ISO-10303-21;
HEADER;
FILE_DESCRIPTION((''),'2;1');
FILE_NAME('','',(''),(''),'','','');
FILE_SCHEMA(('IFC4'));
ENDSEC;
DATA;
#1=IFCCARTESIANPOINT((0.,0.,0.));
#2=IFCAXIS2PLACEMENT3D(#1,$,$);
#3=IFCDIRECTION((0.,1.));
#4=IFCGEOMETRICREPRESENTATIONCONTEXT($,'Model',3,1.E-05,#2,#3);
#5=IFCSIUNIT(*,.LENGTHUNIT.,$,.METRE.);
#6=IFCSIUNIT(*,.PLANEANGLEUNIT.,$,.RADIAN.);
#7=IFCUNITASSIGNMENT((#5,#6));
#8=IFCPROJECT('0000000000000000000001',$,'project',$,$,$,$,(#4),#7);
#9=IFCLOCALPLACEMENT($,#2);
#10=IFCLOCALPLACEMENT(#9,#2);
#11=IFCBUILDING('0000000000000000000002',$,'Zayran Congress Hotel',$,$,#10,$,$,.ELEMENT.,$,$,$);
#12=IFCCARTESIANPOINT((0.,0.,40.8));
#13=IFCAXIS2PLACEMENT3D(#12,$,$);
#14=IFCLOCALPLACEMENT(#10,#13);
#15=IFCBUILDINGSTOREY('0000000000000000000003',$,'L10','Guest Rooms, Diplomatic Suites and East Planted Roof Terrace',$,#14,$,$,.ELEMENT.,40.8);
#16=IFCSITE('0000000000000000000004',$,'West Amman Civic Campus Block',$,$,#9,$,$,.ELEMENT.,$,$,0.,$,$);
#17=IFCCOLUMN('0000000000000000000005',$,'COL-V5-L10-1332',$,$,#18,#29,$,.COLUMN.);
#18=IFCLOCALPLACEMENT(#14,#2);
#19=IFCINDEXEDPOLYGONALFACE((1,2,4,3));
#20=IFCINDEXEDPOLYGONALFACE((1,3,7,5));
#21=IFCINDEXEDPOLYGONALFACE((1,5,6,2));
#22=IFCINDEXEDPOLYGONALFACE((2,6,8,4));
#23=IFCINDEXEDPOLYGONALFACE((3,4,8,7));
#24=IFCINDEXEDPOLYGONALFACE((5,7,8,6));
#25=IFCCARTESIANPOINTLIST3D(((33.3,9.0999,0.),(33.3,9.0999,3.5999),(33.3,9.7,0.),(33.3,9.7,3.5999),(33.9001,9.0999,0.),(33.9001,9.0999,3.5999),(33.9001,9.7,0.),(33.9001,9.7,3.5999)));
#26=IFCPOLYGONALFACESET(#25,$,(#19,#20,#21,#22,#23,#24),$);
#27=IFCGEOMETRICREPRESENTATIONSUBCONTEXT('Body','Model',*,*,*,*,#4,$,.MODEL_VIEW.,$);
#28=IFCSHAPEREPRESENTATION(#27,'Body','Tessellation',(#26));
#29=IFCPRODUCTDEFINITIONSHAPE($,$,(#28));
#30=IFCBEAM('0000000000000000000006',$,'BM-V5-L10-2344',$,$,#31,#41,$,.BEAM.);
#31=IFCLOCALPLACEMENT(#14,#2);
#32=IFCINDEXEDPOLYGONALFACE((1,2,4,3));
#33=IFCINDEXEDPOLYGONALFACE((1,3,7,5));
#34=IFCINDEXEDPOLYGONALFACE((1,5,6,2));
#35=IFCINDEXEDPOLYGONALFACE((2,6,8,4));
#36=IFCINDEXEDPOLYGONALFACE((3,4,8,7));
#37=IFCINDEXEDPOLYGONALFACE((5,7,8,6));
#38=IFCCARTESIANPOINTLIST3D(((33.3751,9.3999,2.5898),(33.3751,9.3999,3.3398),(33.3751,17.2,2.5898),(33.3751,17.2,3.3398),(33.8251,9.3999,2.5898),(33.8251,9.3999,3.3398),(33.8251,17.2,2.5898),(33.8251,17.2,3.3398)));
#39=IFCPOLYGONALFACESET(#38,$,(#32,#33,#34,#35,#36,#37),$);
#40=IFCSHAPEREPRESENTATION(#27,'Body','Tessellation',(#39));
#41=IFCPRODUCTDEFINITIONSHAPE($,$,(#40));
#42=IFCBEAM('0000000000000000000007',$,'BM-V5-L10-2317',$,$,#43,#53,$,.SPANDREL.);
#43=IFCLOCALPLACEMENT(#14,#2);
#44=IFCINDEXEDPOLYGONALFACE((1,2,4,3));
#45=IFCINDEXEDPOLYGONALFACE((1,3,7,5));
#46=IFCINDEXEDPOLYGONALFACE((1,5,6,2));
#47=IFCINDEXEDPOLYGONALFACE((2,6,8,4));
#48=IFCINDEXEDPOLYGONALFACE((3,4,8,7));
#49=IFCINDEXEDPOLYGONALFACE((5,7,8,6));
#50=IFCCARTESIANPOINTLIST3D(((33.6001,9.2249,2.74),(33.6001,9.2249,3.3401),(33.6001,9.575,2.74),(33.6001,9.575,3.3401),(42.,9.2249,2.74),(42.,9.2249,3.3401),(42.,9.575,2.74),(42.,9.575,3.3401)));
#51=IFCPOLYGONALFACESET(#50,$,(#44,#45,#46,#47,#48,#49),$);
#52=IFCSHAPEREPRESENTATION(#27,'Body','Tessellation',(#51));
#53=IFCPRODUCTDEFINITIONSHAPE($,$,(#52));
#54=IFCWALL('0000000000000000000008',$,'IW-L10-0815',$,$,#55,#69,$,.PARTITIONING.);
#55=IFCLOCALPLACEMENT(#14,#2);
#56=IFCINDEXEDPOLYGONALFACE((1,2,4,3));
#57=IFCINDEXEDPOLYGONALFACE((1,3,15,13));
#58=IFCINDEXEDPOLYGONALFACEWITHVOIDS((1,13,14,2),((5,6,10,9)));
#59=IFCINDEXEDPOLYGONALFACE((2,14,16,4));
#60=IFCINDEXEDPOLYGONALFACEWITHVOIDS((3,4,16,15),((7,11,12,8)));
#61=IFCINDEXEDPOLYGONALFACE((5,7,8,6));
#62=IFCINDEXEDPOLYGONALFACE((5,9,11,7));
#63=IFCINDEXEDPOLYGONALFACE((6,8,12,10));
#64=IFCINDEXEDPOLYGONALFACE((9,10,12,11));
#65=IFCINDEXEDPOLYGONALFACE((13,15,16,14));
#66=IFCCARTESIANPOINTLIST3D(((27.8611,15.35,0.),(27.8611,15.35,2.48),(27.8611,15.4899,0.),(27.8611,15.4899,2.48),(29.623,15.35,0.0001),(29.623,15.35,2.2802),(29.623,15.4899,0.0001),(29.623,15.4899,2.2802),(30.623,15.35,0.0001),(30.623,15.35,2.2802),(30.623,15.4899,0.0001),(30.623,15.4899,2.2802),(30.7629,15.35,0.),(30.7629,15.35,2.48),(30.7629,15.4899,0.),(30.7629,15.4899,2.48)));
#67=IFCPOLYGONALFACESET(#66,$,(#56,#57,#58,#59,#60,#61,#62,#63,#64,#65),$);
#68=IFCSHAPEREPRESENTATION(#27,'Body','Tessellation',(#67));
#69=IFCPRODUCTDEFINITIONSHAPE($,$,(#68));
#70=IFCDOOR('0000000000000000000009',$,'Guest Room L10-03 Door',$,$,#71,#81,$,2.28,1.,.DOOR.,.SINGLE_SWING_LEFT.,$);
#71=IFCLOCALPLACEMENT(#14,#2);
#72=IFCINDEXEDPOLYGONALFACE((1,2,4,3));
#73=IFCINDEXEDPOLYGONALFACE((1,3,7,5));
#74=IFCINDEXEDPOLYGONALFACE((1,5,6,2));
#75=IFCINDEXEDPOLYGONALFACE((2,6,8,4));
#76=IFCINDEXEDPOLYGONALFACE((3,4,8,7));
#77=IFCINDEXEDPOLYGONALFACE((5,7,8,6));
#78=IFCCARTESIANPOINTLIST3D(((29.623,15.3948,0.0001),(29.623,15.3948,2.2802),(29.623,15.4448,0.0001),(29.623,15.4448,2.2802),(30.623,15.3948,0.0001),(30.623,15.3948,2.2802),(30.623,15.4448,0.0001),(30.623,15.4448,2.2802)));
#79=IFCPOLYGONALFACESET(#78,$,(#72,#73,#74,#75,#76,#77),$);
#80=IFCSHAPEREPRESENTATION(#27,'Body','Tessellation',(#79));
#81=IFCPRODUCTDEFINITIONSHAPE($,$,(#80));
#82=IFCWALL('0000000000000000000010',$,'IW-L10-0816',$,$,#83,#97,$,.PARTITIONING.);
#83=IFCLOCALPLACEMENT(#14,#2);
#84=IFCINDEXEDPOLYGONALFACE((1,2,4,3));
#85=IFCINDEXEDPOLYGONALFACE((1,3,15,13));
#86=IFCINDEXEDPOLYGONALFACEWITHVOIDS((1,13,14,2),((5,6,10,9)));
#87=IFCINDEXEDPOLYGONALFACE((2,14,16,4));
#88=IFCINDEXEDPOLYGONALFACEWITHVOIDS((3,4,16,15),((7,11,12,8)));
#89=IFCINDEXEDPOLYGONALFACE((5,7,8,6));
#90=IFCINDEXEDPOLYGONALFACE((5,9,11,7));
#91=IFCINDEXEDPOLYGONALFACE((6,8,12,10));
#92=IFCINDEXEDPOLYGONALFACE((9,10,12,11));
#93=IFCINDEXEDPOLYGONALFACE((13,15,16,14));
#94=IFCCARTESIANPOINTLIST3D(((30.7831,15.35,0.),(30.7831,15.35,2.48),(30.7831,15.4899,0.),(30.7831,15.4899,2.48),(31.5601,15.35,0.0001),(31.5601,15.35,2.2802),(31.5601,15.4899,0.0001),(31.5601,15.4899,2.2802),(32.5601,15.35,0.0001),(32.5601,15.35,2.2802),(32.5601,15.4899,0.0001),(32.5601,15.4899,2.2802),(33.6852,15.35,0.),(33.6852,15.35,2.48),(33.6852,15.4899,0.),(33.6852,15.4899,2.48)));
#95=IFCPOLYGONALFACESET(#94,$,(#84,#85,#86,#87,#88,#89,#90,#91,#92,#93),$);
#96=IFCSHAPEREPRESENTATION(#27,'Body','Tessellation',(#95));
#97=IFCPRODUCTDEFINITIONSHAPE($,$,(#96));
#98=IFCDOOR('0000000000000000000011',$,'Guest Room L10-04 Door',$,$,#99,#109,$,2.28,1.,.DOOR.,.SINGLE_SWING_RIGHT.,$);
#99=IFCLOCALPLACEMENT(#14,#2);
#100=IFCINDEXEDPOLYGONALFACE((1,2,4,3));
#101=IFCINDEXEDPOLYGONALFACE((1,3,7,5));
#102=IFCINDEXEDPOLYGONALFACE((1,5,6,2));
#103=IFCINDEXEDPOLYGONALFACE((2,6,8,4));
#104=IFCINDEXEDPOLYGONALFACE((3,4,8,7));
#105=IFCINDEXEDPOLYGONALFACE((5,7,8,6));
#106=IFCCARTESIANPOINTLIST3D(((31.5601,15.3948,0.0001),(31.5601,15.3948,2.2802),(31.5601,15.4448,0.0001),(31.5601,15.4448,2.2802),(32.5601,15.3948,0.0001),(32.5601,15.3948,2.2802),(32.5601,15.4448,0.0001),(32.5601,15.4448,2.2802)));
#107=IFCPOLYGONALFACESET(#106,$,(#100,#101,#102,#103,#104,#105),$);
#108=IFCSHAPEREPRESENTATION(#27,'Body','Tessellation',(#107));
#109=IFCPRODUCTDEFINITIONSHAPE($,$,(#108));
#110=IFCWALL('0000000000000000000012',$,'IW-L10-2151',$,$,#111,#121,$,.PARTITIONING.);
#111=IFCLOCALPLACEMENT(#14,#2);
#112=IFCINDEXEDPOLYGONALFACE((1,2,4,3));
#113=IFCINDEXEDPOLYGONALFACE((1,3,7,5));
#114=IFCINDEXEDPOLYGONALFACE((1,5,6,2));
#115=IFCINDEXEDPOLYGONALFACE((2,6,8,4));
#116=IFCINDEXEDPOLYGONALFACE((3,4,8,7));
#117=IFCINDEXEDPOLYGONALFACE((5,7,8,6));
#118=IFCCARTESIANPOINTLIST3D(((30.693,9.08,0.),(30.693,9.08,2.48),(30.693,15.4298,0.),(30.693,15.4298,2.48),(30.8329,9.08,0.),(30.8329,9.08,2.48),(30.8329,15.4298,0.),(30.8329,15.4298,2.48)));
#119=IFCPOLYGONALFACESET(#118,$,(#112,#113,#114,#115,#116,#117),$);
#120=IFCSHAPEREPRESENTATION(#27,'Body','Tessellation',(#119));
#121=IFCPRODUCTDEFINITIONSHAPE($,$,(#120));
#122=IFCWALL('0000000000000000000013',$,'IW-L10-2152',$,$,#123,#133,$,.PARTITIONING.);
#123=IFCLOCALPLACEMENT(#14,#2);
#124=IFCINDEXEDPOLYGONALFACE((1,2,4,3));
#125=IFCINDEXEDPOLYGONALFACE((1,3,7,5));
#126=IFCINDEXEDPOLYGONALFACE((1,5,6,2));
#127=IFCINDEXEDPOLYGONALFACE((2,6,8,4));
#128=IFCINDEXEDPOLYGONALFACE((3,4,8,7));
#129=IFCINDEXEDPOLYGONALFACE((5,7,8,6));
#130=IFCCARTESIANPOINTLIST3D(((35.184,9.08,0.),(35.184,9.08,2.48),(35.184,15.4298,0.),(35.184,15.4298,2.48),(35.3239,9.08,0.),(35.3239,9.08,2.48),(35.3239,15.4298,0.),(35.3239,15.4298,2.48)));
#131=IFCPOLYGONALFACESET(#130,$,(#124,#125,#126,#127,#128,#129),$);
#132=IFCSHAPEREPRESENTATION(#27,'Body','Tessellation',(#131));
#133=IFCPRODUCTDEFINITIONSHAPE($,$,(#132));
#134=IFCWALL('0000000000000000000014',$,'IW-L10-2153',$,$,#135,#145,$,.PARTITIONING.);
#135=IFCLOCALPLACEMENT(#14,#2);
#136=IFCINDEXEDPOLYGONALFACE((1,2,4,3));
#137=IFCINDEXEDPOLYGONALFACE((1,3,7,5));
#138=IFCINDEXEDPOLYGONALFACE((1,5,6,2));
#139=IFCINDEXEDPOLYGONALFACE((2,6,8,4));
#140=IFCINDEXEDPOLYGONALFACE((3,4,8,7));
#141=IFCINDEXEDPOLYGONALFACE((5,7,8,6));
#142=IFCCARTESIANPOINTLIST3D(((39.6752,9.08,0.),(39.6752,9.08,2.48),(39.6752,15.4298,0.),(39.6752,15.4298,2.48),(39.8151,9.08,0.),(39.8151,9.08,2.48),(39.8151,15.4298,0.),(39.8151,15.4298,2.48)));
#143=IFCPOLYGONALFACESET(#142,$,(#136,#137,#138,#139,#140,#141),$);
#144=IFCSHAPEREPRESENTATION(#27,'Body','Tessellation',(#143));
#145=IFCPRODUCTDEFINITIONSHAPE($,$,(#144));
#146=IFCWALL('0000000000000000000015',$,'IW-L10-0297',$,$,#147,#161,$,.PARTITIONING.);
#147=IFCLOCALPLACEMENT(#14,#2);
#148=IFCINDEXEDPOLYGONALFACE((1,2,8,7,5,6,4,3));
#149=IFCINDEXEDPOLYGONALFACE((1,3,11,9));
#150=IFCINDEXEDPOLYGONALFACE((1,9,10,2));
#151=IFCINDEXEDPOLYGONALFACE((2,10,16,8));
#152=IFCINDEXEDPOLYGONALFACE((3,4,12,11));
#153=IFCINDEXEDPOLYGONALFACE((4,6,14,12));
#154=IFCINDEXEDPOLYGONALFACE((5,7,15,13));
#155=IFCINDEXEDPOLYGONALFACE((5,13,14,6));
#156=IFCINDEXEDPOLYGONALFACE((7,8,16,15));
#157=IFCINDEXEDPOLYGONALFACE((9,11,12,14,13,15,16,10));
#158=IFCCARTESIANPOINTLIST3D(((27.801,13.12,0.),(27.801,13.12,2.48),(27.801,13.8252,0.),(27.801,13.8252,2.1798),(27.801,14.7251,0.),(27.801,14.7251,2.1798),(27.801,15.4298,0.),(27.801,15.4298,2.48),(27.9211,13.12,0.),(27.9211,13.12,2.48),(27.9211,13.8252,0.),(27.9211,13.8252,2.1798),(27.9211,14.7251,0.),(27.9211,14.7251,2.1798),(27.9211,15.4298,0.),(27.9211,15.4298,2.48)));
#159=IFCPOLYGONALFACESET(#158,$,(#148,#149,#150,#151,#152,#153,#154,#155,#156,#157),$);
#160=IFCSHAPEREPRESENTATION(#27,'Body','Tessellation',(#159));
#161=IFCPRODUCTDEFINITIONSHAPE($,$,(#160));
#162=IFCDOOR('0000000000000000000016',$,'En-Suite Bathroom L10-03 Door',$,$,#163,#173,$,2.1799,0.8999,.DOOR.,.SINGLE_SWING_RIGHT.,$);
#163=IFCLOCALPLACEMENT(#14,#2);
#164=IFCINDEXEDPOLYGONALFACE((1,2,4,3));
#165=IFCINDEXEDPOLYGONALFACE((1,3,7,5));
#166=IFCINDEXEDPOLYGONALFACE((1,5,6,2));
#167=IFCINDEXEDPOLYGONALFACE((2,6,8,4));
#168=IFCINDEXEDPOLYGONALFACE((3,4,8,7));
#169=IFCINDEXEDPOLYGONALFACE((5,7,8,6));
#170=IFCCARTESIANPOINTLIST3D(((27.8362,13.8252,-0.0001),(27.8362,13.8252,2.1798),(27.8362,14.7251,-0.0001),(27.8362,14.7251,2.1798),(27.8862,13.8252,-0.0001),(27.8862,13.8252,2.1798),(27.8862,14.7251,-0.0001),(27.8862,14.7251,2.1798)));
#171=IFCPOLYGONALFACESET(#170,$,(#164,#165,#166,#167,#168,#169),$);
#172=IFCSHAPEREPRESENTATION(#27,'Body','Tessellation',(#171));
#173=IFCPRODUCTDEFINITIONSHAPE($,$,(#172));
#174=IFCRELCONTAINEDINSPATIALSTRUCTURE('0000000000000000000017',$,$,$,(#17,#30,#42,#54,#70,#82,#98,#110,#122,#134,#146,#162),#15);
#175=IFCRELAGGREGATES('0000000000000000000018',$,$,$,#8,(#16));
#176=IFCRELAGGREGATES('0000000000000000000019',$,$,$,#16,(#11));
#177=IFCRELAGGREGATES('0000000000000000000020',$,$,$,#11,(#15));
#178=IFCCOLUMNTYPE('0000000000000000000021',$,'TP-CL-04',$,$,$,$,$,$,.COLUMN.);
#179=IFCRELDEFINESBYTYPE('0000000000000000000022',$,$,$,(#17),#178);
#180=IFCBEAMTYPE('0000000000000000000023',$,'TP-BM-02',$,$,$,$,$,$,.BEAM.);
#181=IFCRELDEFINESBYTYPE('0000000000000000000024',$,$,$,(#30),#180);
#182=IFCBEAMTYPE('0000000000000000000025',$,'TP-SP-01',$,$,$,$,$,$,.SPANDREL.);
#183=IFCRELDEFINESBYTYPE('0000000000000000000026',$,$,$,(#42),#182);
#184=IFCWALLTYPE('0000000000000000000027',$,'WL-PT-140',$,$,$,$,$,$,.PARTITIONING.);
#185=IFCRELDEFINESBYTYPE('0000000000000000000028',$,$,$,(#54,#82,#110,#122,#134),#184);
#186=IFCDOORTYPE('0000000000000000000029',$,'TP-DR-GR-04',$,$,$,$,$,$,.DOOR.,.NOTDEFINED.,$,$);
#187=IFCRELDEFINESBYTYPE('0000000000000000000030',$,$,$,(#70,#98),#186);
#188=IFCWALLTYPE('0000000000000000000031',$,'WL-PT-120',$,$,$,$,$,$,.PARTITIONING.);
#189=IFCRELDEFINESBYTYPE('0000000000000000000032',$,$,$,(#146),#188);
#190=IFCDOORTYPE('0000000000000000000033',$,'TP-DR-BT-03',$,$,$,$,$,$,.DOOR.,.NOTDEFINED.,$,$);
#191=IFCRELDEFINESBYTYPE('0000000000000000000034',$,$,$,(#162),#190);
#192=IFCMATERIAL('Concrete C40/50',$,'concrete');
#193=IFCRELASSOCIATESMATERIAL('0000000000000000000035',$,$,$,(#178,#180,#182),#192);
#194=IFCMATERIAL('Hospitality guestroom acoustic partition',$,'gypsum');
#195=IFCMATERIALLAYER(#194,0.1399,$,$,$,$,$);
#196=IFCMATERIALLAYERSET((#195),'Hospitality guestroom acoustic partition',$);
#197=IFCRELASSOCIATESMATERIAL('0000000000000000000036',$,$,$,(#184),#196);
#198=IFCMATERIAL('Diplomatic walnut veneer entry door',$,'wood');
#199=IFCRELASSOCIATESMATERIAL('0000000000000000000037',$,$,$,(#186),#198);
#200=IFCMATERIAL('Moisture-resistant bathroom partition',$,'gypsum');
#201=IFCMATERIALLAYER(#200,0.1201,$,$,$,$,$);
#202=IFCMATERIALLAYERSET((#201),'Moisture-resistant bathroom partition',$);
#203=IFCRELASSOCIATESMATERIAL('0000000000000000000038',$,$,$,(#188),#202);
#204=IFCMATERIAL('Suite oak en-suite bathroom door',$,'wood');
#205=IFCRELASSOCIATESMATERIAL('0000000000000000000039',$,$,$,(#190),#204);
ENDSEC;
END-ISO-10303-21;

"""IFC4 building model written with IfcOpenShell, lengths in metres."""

from ifc_helpers import new_model, si_unit, direction, frame, frame_2d, origin, origin_2d, place, context, subcontext, project, spatial, rectangle, extrude, material, layer, layer_set, material_profile, profile_set, type_object, element, fill, save


model = new_model("IFC4")

# Units and contexts
model_context = context("Model", 3, precision=1e-05, world=origin(), true_north=direction((0.0, 1.0)))
body_context = subcontext(model_context, "Body", "Model", "MODEL_VIEW")
ifc_project = project(units=[si_unit("LENGTHUNIT", "METRE"), si_unit("PLANEANGLEUNIT", "RADIAN")], contexts=[model_context])

# Site, building, storey
site_placement = place(None, origin())
site = spatial("IfcSite", under=ifc_project, at=site_placement, Name="West Amman Civic Campus Block", CompositionType="ELEMENT", RefElevation=0.0)
building_placement = place(site_placement, origin())
building = spatial("IfcBuilding", under=site, at=building_placement, Name="Zayran Congress Hotel", CompositionType="ELEMENT")
storey_placement = place(building_placement, frame((0.0, 0.0, 40.8)))
storey = spatial("IfcBuildingStorey", under=building, at=storey_placement, Name="L10", Description="Guest Rooms, Diplomatic Suites and East Planted Roof Terrace", CompositionType="ELEMENT", Elevation=40.8)

# Column
ifc_material_1 = material(Name="Concrete C40/50", Category="concrete")
ifc_material_profile_1 = material_profile(ifc_material_1, rectangle(XDim=0.6001, YDim=0.6001, at=origin_2d()), Name="RC 600x600")
ifc_profile_set_1 = profile_set([ifc_material_profile_1], Name="Concrete C40/50")
column_type = type_object("IfcColumnType", Name="TP-CL-04", PredefinedType="COLUMN", material=ifc_profile_set_1)
column_placement = place(storey_placement, frame((33.6001, 9.3999, 0.0), z_axis=(0.0, 0.0, 1.0), x_axis=(1.0, 0.0, 0.0)))
element("IfcColumn", 1, at=column_placement, inside=storey, type_object=column_type, Name="COL-V5-L10-1332", PredefinedType="COLUMN", context=body_context, shape_type="SweptSolid", body=[
    extrude(rectangle(XDim=0.6001, YDim=0.6001, at=origin_2d()), origin(), (0.0, 0.0, 1.0), 3.5999),
])

# Beams
ifc_material_profile_2 = material_profile(ifc_material_1, rectangle(XDim=0.45, YDim=0.75, at=origin_2d()), Name="RC 450x750")
ifc_profile_set_2 = profile_set([ifc_material_profile_2], Name="Concrete C40/50")
beam_type_1 = type_object("IfcBeamType", Name="TP-BM-02", PredefinedType="BEAM", material=ifc_profile_set_2)
beam_1_placement = place(storey_placement, frame((33.6001, 9.3999, 2.9648), z_axis=(0.0, 1.0, 0.0), x_axis=(-1.0, 0.0, 0.0)))
element("IfcBeam", 2, at=beam_1_placement, inside=storey, type_object=beam_type_1, Name="BM-V5-L10-2344", PredefinedType="BEAM", context=body_context, shape_type="SweptSolid", body=[
    extrude(rectangle(XDim=0.45, YDim=0.75, at=origin_2d()), origin(), (0.0, 0.0, 1.0), 7.8),
])
ifc_material_profile_3 = material_profile(ifc_material_1, rectangle(XDim=0.3501, YDim=0.6001, at=origin_2d()), Name="RC 350x600")
ifc_profile_set_3 = profile_set([ifc_material_profile_3], Name="Concrete C40/50")
beam_type_2 = type_object("IfcBeamType", Name="TP-SP-01", PredefinedType="SPANDREL", material=ifc_profile_set_3)
beam_2_placement = place(storey_placement, frame((33.6001, 9.3999, 3.04), z_axis=(1.0, 0.0, 0.0), x_axis=(0.0, 1.0, 0.0)))
element("IfcBeam", 3, at=beam_2_placement, inside=storey, type_object=beam_type_2, Name="BM-V5-L10-2317", PredefinedType="SPANDREL", context=body_context, shape_type="SweptSolid", body=[
    extrude(rectangle(XDim=0.3501, YDim=0.6001, at=origin_2d()), origin(), (0.0, 0.0, 1.0), 8.3999),
])

# Walls, openings, doors
ifc_material_2 = material(Name="Hospitality guestroom acoustic partition", Category="gypsum")
ifc_layer_1 = layer(ifc_material_2, 0.1399)
ifc_layer_set_1 = layer_set([ifc_layer_1], Name="Hospitality guestroom acoustic partition")
wall_type_1 = type_object("IfcWallType", Name="WL-PT-140", PredefinedType="PARTITIONING", material=ifc_layer_set_1)
wall_1_placement = place(storey_placement, frame((27.8611, 15.4199, 0.0), z_axis=(0.0, 0.0, 1.0), x_axis=(1.0, 0.0, 0.0)))
wall_1 = element("IfcWall", 4, at=wall_1_placement, inside=storey, type_object=wall_type_1, Name="IW-L10-0815", PredefinedType="PARTITIONING", context=body_context, shape_type="SweptSolid", body=[
    extrude(rectangle(XDim=2.9019, YDim=0.1399, at=frame_2d((1.4509, 0.0))), origin(), (0.0, 0.0, 1.0), 2.48),
])
opening_1_placement = place(wall_1_placement, frame((1.762, 0.0, 0.0)))
opening_1 = element("IfcOpeningElement", 5, at=opening_1_placement, cuts=wall_1, PredefinedType="OPENING", context=body_context, shape_type="SweptSolid", body=[
    extrude(rectangle(XDim=1.0, YDim=2.28, at=frame_2d((0.5, 1.1401))), frame((0.0, 0.0798, 0.0), z_axis=(0.0, -1.0, 0.0), x_axis=(1.0, 0.0, 0.0)), (0.0, 0.0, 1.0), 0.1599),
])
ifc_material_3 = material(Name="Diplomatic walnut veneer entry door", Category="wood")
door_type_1 = type_object("IfcDoorType", Name="TP-DR-GR-04", OperationType="NOTDEFINED", PredefinedType="DOOR", material=ifc_material_3)
door_1_placement = place(opening_1_placement, origin())
door_1 = element("IfcDoor", 6, at=door_1_placement, inside=storey, type_object=door_type_1, Name="Guest Room L10-03 Door", OperationType="SINGLE_SWING_LEFT", OverallHeight=2.28, OverallWidth=1.0, PredefinedType="DOOR", context=body_context, shape_type="SweptSolid", body=[
    extrude(rectangle(XDim=1.0, YDim=2.28, at=frame_2d((0.5, 1.1401))), frame((0.0, 0.0249, 0.0), z_axis=(0.0, -1.0, 0.0), x_axis=(1.0, 0.0, 0.0)), (0.0, 0.0, 1.0), 0.05),
])
fill(opening_1, door_1)
wall_2_placement = place(storey_placement, frame((30.783, 15.4199, 0.0), z_axis=(0.0, 0.0, 1.0), x_axis=(1.0, 0.0, 0.0)))
wall_2 = element("IfcWall", 7, at=wall_2_placement, inside=storey, type_object=wall_type_1, Name="IW-L10-0816", PredefinedType="PARTITIONING", context=body_context, shape_type="SweptSolid", body=[
    extrude(rectangle(XDim=2.9021, YDim=0.1399, at=frame_2d((1.4512, 0.0))), origin(), (0.0, 0.0, 1.0), 2.48),
])
opening_2_placement = place(wall_2_placement, frame((0.7771, 0.0, 0.0)))
opening_2 = element("IfcOpeningElement", 8, at=opening_2_placement, cuts=wall_2, PredefinedType="OPENING", context=body_context, shape_type="SweptSolid", body=[
    extrude(rectangle(XDim=1.0, YDim=2.28, at=frame_2d((0.5, 1.1401))), frame((0.0, 0.0798, 0.0), z_axis=(0.0, -1.0, 0.0), x_axis=(1.0, 0.0, 0.0)), (0.0, 0.0, 1.0), 0.1599),
])
door_2_placement = place(opening_2_placement, origin())
door_2 = element("IfcDoor", 9, at=door_2_placement, inside=storey, type_object=door_type_1, Name="Guest Room L10-04 Door", OperationType="SINGLE_SWING_RIGHT", OverallHeight=2.28, OverallWidth=1.0, PredefinedType="DOOR", context=body_context, shape_type="SweptSolid", body=[
    extrude(rectangle(XDim=1.0, YDim=2.28, at=frame_2d((0.5, 1.1401))), frame((0.0, 0.0249, 0.0), z_axis=(0.0, -1.0, 0.0), x_axis=(1.0, 0.0, 0.0)), (0.0, 0.0, 1.0), 0.05),
])
fill(opening_2, door_2)

# Walls
for number, where, z_axis, x_axis, name in (
    (10, (30.7629, 9.0801, 0.0), (0.0, 0.0, 1.0), (0.0, 1.0, 0.0), "IW-L10-2151"),
    (11, (35.2539, 9.0801, 0.0), (0.0, 0.0, 1.0), (0.0, 1.0, 0.0), "IW-L10-2152"),
    (12, (39.7451, 9.0801, 0.0), (0.0, 0.0, 1.0), (0.0, 1.0, 0.0), "IW-L10-2153"),
):
    element("IfcWall", number, at=place(storey_placement, frame(where, z_axis=z_axis, x_axis=x_axis)), inside=storey, type_object=wall_type_1, Name=name, PredefinedType="PARTITIONING", context=body_context, shape_type="SweptSolid", body=[
        extrude(rectangle(XDim=6.3499, YDim=0.1399, at=frame_2d((3.1748, 0.0))), origin(), (0.0, 0.0, 1.0), 2.48),
    ])

# Wall, opening, door
ifc_material_4 = material(Name="Moisture-resistant bathroom partition", Category="gypsum")
ifc_layer_2 = layer(ifc_material_4, 0.1201)
ifc_layer_set_2 = layer_set([ifc_layer_2], Name="Moisture-resistant bathroom partition")
wall_type_2 = type_object("IfcWallType", Name="WL-PT-120", PredefinedType="PARTITIONING", material=ifc_layer_set_2)
wall_3_placement = place(storey_placement, frame((27.8611, 13.1201, 0.0), z_axis=(0.0, 0.0, 1.0), x_axis=(0.0, 1.0, 0.0)))
wall_3 = element("IfcWall", 13, at=wall_3_placement, inside=storey, type_object=wall_type_2, Name="IW-L10-0297", PredefinedType="PARTITIONING", context=body_context, shape_type="SweptSolid", body=[
    extrude(rectangle(XDim=2.3098, YDim=0.1201, at=frame_2d((1.1548, 0.0))), origin(), (0.0, 0.0, 1.0), 2.48),
])
opening_3_placement = place(wall_3_placement, frame((0.7051, 0.0, 0.0)))
opening_3 = element("IfcOpeningElement", 14, at=opening_3_placement, cuts=wall_3, PredefinedType="OPENING", context=body_context, shape_type="SweptSolid", body=[
    extrude(rectangle(XDim=0.8999, YDim=2.1799, at=frame_2d((0.45, 1.0898))), frame((0.0, 0.0701, 0.0), z_axis=(0.0, -1.0, 0.0), x_axis=(1.0, 0.0, 0.0)), (0.0, 0.0, 1.0), 0.1401),
])
ifc_material_5 = material(Name="Suite oak en-suite bathroom door", Category="wood")
door_type_2 = type_object("IfcDoorType", Name="TP-DR-BT-03", OperationType="NOTDEFINED", PredefinedType="DOOR", material=ifc_material_5)
door_3_placement = place(opening_3_placement, origin())
door_3 = element("IfcDoor", 15, at=door_3_placement, inside=storey, type_object=door_type_2, Name="En-Suite Bathroom L10-03 Door", OperationType="SINGLE_SWING_RIGHT", OverallHeight=2.1799, OverallWidth=0.8999, PredefinedType="DOOR", context=body_context, shape_type="SweptSolid", body=[
    extrude(rectangle(XDim=0.8999, YDim=2.1799, at=frame_2d((0.45, 1.0898))), frame((0.0, 0.0249, 0.0), z_axis=(0.0, -1.0, 0.0), x_axis=(1.0, 0.0, 0.0)), (0.0, 0.0, 1.0), 0.05),
])
fill(opening_3, door_3)

save(model, "model.ifc")
